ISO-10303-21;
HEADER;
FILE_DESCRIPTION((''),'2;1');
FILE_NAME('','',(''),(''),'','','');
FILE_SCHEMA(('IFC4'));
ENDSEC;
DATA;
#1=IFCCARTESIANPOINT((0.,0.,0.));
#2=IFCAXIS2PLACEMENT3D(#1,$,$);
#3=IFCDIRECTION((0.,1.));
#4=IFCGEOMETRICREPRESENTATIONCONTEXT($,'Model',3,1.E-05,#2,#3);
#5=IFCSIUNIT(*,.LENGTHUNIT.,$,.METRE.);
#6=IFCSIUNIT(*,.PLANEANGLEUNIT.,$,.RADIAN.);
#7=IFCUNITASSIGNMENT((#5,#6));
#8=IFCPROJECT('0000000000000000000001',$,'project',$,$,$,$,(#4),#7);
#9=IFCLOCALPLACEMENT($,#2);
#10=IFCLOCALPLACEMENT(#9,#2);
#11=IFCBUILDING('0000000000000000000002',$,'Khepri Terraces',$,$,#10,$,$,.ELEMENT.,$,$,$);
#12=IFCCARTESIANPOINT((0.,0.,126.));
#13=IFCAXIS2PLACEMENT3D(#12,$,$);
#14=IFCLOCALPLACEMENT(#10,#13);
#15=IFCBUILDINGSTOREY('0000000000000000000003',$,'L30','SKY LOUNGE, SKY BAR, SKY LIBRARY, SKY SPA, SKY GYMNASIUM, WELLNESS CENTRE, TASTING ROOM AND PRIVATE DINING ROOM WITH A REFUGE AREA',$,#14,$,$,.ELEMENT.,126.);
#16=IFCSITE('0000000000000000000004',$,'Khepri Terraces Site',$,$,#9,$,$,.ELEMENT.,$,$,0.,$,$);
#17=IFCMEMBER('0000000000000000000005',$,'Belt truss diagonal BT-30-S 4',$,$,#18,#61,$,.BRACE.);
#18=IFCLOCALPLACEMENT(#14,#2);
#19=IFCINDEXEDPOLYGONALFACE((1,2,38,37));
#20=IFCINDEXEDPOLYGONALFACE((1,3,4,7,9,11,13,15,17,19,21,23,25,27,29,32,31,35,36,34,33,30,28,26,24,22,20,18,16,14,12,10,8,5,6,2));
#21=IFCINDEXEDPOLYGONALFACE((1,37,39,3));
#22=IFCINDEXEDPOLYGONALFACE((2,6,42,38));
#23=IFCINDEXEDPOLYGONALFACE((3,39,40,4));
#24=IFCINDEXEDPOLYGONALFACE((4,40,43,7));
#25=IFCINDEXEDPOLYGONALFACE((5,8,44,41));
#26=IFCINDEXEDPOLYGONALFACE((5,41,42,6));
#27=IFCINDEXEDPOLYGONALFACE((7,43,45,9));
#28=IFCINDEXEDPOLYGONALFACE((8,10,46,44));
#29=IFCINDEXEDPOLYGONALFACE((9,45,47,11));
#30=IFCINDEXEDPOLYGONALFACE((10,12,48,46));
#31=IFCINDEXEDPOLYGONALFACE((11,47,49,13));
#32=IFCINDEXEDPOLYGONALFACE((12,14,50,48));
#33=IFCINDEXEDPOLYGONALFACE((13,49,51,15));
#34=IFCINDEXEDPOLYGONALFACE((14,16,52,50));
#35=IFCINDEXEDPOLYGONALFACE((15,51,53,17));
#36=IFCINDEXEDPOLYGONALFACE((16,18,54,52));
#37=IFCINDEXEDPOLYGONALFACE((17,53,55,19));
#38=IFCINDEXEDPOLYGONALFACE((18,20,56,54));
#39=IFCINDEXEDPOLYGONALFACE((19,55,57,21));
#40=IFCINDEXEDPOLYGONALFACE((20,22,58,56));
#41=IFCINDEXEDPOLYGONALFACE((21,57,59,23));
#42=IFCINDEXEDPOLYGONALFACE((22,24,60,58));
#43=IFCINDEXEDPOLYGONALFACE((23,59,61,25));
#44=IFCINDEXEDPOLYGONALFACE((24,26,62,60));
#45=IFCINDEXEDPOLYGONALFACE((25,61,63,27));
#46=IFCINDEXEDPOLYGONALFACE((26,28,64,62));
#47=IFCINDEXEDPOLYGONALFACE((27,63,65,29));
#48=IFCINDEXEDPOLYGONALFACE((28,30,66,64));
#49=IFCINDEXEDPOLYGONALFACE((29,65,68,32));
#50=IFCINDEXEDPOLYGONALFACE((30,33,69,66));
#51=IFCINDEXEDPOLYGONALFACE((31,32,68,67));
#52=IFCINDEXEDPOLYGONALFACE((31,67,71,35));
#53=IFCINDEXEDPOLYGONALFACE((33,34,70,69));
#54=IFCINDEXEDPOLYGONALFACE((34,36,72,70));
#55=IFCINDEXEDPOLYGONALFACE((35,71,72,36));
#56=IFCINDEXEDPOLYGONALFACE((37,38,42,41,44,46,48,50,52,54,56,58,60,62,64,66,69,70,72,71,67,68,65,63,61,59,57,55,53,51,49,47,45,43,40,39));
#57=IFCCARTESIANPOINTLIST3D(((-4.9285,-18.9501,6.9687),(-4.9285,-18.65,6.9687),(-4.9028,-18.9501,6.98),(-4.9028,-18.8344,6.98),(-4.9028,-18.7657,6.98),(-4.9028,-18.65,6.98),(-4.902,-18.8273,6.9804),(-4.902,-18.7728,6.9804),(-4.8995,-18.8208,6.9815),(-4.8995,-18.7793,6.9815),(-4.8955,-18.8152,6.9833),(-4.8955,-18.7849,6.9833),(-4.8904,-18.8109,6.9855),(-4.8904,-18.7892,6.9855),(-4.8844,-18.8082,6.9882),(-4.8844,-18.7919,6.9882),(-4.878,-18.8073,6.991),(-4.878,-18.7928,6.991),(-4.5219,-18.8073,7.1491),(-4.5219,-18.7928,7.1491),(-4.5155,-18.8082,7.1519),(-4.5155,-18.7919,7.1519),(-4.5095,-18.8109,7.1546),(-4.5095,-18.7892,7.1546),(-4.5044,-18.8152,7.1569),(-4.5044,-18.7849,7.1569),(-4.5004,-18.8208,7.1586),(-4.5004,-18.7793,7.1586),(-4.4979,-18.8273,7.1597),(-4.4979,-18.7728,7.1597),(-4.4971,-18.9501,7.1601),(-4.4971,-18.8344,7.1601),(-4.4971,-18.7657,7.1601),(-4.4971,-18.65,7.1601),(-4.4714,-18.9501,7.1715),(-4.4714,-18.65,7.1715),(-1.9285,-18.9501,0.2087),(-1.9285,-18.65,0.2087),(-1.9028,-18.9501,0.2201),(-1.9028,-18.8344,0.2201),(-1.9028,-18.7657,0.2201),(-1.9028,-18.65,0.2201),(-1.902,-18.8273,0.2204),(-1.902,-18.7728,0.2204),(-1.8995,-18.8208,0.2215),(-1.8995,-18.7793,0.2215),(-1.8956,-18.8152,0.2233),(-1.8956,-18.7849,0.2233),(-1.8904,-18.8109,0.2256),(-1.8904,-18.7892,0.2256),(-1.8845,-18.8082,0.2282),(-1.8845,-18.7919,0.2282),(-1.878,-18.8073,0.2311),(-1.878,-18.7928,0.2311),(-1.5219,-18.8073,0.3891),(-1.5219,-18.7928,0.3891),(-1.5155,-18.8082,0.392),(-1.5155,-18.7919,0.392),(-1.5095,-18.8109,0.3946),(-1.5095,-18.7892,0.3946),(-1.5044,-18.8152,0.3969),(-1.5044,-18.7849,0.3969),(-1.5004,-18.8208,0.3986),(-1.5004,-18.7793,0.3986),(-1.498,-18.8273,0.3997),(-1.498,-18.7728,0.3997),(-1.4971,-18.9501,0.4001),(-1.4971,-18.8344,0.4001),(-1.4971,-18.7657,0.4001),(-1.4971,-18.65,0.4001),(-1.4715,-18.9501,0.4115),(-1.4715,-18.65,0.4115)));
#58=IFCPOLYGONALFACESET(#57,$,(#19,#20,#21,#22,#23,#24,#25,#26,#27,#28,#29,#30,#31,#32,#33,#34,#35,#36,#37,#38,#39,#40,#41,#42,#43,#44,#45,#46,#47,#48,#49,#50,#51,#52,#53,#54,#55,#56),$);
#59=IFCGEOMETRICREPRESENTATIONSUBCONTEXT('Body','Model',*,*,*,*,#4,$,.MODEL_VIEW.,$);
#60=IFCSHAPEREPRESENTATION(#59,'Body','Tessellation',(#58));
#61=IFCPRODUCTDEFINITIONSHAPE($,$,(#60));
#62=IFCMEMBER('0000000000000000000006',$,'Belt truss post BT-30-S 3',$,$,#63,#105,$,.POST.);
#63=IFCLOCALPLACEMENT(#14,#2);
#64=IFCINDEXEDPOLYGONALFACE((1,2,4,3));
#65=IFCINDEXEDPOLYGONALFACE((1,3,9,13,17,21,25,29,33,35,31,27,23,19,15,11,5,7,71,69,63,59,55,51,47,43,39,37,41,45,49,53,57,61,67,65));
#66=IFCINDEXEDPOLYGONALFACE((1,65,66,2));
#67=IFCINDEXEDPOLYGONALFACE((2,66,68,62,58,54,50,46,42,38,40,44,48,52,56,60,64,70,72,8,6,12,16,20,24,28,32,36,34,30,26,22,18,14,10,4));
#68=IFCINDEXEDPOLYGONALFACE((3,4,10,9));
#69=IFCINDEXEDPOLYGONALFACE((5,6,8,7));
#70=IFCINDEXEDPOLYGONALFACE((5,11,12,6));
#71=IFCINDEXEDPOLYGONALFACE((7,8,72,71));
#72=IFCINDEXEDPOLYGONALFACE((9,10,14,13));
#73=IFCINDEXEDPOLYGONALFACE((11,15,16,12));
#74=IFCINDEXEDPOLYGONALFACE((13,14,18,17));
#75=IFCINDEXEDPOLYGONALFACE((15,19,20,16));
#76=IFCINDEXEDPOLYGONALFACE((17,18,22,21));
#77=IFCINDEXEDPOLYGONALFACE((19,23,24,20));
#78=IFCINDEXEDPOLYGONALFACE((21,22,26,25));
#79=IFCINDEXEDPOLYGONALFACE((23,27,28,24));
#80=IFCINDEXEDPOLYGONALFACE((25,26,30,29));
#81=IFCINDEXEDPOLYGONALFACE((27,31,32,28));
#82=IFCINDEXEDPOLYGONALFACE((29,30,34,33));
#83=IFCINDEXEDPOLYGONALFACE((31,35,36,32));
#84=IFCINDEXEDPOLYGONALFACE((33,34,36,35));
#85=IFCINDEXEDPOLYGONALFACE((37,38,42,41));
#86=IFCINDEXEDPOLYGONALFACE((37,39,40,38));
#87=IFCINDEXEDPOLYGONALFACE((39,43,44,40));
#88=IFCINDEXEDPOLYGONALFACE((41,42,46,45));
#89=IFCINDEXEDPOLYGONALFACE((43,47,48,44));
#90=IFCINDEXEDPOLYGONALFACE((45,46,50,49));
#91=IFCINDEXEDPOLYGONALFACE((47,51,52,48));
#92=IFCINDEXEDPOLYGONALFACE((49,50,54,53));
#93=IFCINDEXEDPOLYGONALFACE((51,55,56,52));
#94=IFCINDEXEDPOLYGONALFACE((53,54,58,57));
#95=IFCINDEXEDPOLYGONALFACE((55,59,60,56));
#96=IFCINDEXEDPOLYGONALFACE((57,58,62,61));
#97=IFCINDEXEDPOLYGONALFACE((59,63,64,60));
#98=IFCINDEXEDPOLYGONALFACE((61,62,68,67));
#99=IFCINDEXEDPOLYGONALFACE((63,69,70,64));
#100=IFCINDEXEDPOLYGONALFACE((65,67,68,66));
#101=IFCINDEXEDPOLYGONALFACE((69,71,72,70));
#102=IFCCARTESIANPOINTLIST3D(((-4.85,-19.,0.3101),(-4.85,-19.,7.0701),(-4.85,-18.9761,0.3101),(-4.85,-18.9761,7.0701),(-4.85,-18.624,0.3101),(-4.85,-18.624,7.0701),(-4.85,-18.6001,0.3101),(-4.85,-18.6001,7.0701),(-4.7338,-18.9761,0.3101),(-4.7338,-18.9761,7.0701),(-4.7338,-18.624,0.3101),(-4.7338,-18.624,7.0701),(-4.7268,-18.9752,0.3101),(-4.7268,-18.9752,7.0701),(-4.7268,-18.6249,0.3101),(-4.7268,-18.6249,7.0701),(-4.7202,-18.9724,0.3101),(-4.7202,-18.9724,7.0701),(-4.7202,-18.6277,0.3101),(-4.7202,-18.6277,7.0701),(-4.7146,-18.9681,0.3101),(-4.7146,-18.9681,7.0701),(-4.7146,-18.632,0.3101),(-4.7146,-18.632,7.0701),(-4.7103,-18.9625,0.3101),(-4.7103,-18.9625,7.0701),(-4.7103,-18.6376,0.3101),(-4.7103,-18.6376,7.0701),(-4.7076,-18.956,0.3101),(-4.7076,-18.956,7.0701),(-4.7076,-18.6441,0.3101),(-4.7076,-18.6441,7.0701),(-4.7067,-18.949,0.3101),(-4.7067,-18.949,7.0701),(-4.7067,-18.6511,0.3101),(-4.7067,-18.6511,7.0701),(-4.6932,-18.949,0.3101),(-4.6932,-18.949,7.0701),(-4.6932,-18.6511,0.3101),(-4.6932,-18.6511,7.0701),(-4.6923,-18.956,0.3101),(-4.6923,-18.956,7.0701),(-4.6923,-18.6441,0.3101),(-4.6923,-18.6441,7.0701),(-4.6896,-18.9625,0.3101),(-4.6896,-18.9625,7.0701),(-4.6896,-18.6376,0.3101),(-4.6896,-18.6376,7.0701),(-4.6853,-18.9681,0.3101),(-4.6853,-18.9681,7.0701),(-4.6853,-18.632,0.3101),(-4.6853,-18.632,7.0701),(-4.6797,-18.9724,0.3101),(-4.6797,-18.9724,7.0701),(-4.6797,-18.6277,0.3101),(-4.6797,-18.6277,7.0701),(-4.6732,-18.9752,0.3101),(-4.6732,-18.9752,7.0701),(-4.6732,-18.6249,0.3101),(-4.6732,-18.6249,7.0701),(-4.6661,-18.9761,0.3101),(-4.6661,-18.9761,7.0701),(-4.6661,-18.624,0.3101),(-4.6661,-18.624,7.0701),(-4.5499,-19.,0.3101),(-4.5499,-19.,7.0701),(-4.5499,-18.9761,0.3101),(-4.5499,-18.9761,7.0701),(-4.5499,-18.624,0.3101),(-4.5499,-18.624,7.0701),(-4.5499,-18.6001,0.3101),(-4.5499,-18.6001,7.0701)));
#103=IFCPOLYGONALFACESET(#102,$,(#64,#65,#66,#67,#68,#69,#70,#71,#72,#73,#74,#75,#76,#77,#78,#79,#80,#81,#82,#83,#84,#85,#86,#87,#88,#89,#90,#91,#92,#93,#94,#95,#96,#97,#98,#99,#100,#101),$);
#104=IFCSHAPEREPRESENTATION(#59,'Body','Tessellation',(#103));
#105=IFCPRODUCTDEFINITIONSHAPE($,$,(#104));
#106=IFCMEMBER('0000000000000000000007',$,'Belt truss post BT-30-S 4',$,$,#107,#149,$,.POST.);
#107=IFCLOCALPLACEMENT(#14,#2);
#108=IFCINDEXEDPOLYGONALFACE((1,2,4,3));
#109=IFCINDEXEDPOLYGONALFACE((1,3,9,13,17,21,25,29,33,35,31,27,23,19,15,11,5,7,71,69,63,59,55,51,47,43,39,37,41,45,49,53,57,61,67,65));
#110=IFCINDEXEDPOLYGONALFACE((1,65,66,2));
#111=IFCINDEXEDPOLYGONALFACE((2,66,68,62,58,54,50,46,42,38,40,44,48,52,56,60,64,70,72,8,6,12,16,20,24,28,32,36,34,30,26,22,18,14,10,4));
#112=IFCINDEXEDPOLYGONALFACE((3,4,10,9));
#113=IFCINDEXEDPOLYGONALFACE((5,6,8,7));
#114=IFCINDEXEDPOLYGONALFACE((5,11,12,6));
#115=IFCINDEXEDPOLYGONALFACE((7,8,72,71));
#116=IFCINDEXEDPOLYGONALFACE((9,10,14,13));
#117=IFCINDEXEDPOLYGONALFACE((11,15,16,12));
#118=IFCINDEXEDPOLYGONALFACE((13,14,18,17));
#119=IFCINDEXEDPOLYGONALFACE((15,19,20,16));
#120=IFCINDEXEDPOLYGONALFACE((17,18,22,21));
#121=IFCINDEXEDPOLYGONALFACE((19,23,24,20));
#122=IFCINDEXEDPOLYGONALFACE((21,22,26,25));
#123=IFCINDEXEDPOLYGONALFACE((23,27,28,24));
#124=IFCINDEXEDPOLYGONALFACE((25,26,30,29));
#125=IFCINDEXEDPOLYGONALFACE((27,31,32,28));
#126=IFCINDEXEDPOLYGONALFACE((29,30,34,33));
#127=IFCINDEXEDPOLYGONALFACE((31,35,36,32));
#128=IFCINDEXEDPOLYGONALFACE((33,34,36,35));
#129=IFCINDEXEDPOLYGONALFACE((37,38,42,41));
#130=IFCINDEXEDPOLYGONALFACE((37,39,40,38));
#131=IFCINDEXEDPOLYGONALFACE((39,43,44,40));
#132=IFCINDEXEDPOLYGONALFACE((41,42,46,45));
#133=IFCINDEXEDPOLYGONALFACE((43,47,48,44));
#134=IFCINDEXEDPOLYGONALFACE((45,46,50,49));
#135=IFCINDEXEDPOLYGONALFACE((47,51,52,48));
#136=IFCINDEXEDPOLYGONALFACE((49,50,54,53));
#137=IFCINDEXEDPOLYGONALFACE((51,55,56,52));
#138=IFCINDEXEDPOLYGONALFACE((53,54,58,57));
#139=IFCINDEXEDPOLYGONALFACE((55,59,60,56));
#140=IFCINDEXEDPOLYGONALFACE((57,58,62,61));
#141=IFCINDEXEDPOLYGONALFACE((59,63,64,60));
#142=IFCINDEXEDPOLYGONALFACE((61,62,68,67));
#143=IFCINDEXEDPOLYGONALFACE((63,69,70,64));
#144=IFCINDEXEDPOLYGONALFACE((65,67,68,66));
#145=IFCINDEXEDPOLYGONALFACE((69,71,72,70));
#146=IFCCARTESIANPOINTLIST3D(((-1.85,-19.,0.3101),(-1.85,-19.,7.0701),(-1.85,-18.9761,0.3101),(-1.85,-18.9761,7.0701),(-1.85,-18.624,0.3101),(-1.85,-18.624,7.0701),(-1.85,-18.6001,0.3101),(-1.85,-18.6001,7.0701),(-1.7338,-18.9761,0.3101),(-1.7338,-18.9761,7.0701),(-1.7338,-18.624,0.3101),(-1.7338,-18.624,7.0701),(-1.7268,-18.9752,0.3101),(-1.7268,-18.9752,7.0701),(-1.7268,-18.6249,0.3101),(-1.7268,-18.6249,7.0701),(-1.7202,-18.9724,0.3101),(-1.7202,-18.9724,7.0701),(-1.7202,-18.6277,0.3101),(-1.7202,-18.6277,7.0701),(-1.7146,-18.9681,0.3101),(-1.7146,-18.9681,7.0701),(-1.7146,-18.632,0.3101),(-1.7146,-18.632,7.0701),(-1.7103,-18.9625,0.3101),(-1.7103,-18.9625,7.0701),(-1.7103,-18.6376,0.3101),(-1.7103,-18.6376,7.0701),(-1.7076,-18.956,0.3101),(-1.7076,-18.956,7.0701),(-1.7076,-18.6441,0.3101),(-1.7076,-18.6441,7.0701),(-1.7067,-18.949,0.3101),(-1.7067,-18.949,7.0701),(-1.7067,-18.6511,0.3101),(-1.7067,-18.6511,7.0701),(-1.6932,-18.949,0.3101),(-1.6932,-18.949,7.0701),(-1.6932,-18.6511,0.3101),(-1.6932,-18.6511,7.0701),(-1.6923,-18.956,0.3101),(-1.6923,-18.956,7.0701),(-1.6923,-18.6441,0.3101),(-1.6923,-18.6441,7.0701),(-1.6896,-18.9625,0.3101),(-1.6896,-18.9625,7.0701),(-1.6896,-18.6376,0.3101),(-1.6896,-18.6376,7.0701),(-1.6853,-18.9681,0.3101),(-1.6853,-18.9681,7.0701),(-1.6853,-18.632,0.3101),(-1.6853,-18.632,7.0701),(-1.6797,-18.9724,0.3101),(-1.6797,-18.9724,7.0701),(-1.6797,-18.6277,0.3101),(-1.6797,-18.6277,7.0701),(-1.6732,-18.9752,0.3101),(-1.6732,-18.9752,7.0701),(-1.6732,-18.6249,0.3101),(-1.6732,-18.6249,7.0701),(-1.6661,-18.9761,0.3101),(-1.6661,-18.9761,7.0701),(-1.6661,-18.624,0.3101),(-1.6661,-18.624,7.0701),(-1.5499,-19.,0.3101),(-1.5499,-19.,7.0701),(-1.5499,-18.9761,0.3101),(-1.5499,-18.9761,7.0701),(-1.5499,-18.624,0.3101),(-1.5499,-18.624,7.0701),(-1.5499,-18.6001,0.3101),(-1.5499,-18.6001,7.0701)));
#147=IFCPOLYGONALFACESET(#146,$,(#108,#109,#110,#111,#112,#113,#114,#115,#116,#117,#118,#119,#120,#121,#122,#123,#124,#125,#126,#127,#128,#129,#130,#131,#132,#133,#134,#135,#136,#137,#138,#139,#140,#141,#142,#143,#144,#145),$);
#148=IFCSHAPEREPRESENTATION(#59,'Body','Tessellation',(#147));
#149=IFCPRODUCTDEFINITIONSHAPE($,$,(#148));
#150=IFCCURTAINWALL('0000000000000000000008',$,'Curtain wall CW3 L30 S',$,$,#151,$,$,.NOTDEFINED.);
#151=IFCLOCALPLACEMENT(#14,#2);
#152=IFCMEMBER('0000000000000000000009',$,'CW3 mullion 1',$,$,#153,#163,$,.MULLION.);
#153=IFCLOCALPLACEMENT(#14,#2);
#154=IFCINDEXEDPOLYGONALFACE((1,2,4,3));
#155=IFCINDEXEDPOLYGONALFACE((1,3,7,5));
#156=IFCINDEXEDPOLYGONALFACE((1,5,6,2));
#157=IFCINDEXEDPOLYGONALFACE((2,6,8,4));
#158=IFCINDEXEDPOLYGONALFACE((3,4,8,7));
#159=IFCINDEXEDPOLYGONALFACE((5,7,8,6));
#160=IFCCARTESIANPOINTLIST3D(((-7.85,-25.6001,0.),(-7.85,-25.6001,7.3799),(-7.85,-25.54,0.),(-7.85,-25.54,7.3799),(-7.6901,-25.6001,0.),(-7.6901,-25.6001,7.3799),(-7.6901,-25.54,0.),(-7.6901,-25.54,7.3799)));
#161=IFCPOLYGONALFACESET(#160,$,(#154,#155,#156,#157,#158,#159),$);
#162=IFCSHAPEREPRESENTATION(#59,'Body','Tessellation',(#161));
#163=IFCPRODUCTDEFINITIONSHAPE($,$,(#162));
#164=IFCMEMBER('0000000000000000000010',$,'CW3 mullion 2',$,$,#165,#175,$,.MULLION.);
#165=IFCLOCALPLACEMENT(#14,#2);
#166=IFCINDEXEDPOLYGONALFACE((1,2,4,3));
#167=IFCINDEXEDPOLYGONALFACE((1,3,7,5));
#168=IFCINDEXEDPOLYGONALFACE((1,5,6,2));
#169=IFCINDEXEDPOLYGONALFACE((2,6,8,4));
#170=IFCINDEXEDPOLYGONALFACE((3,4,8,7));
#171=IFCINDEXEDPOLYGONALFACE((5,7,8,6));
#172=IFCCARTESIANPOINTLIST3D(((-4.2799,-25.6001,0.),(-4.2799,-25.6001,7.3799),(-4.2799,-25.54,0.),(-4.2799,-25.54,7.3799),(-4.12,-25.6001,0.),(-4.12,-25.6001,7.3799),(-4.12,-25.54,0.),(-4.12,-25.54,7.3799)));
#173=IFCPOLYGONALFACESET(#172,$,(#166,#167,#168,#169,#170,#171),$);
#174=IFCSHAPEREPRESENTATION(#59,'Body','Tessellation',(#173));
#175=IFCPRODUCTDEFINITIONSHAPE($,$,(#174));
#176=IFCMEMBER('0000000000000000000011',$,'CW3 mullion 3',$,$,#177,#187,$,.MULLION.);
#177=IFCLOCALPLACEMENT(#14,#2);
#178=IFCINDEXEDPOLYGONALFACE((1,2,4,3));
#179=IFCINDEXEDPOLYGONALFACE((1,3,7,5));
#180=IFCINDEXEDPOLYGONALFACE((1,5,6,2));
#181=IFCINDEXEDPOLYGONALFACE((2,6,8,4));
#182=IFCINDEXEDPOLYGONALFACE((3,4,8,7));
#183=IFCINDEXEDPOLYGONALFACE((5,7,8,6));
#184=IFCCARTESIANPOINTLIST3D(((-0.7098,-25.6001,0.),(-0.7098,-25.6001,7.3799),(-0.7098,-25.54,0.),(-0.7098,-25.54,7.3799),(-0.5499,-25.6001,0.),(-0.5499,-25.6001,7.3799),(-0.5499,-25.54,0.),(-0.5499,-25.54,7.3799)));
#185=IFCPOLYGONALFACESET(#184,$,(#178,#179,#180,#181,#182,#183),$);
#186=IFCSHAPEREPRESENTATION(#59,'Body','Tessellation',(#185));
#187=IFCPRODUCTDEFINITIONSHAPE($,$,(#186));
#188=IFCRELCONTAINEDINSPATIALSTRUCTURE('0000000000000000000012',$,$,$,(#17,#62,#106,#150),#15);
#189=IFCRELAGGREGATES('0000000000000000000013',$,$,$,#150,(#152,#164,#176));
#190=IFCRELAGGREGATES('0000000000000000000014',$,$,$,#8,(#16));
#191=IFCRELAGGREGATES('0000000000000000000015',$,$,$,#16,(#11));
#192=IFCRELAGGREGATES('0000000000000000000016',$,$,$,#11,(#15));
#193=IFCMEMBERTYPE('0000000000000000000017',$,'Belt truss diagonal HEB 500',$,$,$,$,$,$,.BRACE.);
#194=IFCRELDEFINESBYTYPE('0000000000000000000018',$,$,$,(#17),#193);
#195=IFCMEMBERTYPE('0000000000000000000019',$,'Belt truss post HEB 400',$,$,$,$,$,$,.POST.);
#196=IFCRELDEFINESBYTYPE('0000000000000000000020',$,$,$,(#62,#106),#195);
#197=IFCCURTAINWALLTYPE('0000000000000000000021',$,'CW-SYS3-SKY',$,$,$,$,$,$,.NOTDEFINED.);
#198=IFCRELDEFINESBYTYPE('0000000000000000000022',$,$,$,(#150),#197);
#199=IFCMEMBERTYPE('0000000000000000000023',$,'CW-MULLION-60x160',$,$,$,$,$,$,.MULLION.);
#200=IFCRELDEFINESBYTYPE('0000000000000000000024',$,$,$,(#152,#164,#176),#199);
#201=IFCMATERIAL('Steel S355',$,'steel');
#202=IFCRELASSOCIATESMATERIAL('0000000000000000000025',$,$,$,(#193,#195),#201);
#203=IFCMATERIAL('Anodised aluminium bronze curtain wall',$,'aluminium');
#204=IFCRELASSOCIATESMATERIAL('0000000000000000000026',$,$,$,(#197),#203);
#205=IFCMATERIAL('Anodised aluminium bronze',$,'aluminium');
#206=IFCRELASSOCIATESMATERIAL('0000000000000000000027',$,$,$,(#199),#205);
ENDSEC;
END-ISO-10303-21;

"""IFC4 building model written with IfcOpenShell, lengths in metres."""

from ifc_helpers import new_model, si_unit, direction, frame, origin, origin_2d, place, context, subcontext, project, spatial, rectangle, i_section, extrude, material, material_profile, profile_set, type_object, element, aggregate, save


model = new_model("IFC4")

# Units and contexts
model_context = context("Model", 3, precision=1e-05, world=origin(), true_north=direction((0.0, 1.0)))
body_context = subcontext(model_context, "Body", "Model", "MODEL_VIEW")
ifc_project = project(units=[si_unit("LENGTHUNIT", "METRE"), si_unit("PLANEANGLEUNIT", "RADIAN")], contexts=[model_context])

# Site, building, storey
site_placement = place(None, origin())
site = spatial("IfcSite", under=ifc_project, at=site_placement, Name="Khepri Terraces Site", CompositionType="ELEMENT", RefElevation=0.0)
building_placement = place(site_placement, origin())
building = spatial("IfcBuilding", under=site, at=building_placement, Name="Khepri Terraces", CompositionType="ELEMENT")
storey_placement = place(building_placement, frame((0.0, 0.0, 126.0)))
storey = spatial("IfcBuildingStorey", under=building, at=storey_placement, Name="L30", Description="SKY LOUNGE, SKY BAR, SKY LIBRARY, SKY SPA, SKY GYMNASIUM, WELLNESS CENTRE, TASTING ROOM AND PRIVATE DINING ROOM WITH A REFUGE AREA", CompositionType="ELEMENT", Elevation=126.0)

# Members
ifc_material_1 = material(Name="Steel S355", Category="steel")
ifc_material_profile_1 = material_profile(ifc_material_1, i_section(OverallWidth=0.3, OverallDepth=0.5, WebThickness=0.0144, FlangeThickness=0.0281, FilletRadius=0.0271, at=origin_2d()), Name="Steel S355", Category="steel")
ifc_profile_set_1 = profile_set([ifc_material_profile_1], Name="Steel S355")
member_type_1 = type_object("IfcMemberType", Name="Belt truss diagonal HEB 500", PredefinedType="BRACE", material=ifc_profile_set_1)
member_1_placement = place(storey_placement, frame((-4.7, -18.8, 7.0701), z_axis=(0.405636, 0.0, -0.914035), x_axis=(0.0, 1.0, 0.0)))
element("IfcMember", 1, at=member_1_placement, inside=storey, type_object=member_type_1, Name="Belt truss diagonal BT-30-S 4", PredefinedType="BRACE", context=body_context, shape_type="SweptSolid", body=[
    extrude(i_section(OverallWidth=0.3, OverallDepth=0.5, WebThickness=0.0144, FlangeThickness=0.0281, FilletRadius=0.0271, at=origin_2d()), origin(), (0.0, 0.0, 1.0), 7.3958),
])
ifc_material_profile_2 = material_profile(ifc_material_1, i_section(OverallWidth=0.3, OverallDepth=0.3999, WebThickness=0.0134, FlangeThickness=0.0239, FilletRadius=0.0271, at=origin_2d()), Name="Steel S355", Category="steel")
ifc_profile_set_2 = profile_set([ifc_material_profile_2], Name="Steel S355")
member_type_2 = type_object("IfcMemberType", Name="Belt truss post HEB 400", PredefinedType="POST", material=ifc_profile_set_2)
for number, where, z_axis, x_axis, name in (
    (2, (-4.7, -18.8, 0.3101), (0.0, 0.0, 1.0), (1.0, 0.0, 0.0), "Belt truss post BT-30-S 3"),
    (3, (-1.7, -18.8, 0.3101), (0.0, 0.0, 1.0), (1.0, 0.0, 0.0), "Belt truss post BT-30-S 4"),
):
    element("IfcMember", number, at=place(storey_placement, frame(where, z_axis=z_axis, x_axis=x_axis)), inside=storey, type_object=member_type_2, Name=name, PredefinedType="POST", context=body_context, shape_type="SweptSolid", body=[
        extrude(i_section(OverallWidth=0.3, OverallDepth=0.3999, WebThickness=0.0134, FlangeThickness=0.0239, FilletRadius=0.0271, at=origin_2d()), origin(), (0.0, 0.0, 1.0), 6.76),
    ])

# Curtain wall, members
ifc_material_2 = material(Name="Anodised aluminium bronze curtain wall", Category="aluminium")
curtain_wall_type = type_object("IfcCurtainWallType", Name="CW-SYS3-SKY", PredefinedType="NOTDEFINED", material=ifc_material_2)
curtain_wall_placement = place(storey_placement, origin())
curtain_wall = element("IfcCurtainWall", 4, at=curtain_wall_placement, inside=storey, type_object=curtain_wall_type, Name="Curtain wall CW3 L30 S", PredefinedType="NOTDEFINED")
ifc_material_3 = material(Name="Anodised aluminium bronze", Category="aluminium")
ifc_material_profile_3 = material_profile(ifc_material_3, rectangle(XDim=0.0601, YDim=0.1599, at=origin_2d()), Name="Anodised aluminium bronze", Category="aluminium")
ifc_profile_set_3 = profile_set([ifc_material_profile_3], Name="Anodised aluminium bronze")
member_type_3 = type_object("IfcMemberType", Name="CW-MULLION-60x160", PredefinedType="MULLION", material=ifc_profile_set_3)
member_2_placement = place(storey_placement, frame((-7.77, -25.5701, 0.0), z_axis=(0.0, 0.0, 1.0), x_axis=(0.0, 1.0, 0.0)))
member_2 = element("IfcMember", 5, at=member_2_placement, type_object=member_type_3, Name="CW3 mullion 1", PredefinedType="MULLION", context=body_context, shape_type="SweptSolid", body=[
    extrude(rectangle(XDim=0.0601, YDim=0.1599, at=origin_2d()), origin(), (0.0, 0.0, 1.0), 7.3799),
])
member_3_placement = place(storey_placement, frame((-4.2, -25.5701, 0.0), z_axis=(0.0, 0.0, 1.0), x_axis=(0.0, 1.0, 0.0)))
member_3 = element("IfcMember", 6, at=member_3_placement, type_object=member_type_3, Name="CW3 mullion 2", PredefinedType="MULLION", context=body_context, shape_type="SweptSolid", body=[
    extrude(rectangle(XDim=0.0601, YDim=0.1599, at=origin_2d()), origin(), (0.0, 0.0, 1.0), 7.3799),
])
member_4_placement = place(storey_placement, frame((-0.6299, -25.5701, 0.0), z_axis=(0.0, 0.0, 1.0), x_axis=(0.0, 1.0, 0.0)))
member_4 = element("IfcMember", 7, at=member_4_placement, type_object=member_type_3, Name="CW3 mullion 3", PredefinedType="MULLION", context=body_context, shape_type="SweptSolid", body=[
    extrude(rectangle(XDim=0.0601, YDim=0.1599, at=origin_2d()), origin(), (0.0, 0.0, 1.0), 7.3799),
])
aggregate(curtain_wall, [member_2, member_3, member_4])

save(model, "model.ifc")
